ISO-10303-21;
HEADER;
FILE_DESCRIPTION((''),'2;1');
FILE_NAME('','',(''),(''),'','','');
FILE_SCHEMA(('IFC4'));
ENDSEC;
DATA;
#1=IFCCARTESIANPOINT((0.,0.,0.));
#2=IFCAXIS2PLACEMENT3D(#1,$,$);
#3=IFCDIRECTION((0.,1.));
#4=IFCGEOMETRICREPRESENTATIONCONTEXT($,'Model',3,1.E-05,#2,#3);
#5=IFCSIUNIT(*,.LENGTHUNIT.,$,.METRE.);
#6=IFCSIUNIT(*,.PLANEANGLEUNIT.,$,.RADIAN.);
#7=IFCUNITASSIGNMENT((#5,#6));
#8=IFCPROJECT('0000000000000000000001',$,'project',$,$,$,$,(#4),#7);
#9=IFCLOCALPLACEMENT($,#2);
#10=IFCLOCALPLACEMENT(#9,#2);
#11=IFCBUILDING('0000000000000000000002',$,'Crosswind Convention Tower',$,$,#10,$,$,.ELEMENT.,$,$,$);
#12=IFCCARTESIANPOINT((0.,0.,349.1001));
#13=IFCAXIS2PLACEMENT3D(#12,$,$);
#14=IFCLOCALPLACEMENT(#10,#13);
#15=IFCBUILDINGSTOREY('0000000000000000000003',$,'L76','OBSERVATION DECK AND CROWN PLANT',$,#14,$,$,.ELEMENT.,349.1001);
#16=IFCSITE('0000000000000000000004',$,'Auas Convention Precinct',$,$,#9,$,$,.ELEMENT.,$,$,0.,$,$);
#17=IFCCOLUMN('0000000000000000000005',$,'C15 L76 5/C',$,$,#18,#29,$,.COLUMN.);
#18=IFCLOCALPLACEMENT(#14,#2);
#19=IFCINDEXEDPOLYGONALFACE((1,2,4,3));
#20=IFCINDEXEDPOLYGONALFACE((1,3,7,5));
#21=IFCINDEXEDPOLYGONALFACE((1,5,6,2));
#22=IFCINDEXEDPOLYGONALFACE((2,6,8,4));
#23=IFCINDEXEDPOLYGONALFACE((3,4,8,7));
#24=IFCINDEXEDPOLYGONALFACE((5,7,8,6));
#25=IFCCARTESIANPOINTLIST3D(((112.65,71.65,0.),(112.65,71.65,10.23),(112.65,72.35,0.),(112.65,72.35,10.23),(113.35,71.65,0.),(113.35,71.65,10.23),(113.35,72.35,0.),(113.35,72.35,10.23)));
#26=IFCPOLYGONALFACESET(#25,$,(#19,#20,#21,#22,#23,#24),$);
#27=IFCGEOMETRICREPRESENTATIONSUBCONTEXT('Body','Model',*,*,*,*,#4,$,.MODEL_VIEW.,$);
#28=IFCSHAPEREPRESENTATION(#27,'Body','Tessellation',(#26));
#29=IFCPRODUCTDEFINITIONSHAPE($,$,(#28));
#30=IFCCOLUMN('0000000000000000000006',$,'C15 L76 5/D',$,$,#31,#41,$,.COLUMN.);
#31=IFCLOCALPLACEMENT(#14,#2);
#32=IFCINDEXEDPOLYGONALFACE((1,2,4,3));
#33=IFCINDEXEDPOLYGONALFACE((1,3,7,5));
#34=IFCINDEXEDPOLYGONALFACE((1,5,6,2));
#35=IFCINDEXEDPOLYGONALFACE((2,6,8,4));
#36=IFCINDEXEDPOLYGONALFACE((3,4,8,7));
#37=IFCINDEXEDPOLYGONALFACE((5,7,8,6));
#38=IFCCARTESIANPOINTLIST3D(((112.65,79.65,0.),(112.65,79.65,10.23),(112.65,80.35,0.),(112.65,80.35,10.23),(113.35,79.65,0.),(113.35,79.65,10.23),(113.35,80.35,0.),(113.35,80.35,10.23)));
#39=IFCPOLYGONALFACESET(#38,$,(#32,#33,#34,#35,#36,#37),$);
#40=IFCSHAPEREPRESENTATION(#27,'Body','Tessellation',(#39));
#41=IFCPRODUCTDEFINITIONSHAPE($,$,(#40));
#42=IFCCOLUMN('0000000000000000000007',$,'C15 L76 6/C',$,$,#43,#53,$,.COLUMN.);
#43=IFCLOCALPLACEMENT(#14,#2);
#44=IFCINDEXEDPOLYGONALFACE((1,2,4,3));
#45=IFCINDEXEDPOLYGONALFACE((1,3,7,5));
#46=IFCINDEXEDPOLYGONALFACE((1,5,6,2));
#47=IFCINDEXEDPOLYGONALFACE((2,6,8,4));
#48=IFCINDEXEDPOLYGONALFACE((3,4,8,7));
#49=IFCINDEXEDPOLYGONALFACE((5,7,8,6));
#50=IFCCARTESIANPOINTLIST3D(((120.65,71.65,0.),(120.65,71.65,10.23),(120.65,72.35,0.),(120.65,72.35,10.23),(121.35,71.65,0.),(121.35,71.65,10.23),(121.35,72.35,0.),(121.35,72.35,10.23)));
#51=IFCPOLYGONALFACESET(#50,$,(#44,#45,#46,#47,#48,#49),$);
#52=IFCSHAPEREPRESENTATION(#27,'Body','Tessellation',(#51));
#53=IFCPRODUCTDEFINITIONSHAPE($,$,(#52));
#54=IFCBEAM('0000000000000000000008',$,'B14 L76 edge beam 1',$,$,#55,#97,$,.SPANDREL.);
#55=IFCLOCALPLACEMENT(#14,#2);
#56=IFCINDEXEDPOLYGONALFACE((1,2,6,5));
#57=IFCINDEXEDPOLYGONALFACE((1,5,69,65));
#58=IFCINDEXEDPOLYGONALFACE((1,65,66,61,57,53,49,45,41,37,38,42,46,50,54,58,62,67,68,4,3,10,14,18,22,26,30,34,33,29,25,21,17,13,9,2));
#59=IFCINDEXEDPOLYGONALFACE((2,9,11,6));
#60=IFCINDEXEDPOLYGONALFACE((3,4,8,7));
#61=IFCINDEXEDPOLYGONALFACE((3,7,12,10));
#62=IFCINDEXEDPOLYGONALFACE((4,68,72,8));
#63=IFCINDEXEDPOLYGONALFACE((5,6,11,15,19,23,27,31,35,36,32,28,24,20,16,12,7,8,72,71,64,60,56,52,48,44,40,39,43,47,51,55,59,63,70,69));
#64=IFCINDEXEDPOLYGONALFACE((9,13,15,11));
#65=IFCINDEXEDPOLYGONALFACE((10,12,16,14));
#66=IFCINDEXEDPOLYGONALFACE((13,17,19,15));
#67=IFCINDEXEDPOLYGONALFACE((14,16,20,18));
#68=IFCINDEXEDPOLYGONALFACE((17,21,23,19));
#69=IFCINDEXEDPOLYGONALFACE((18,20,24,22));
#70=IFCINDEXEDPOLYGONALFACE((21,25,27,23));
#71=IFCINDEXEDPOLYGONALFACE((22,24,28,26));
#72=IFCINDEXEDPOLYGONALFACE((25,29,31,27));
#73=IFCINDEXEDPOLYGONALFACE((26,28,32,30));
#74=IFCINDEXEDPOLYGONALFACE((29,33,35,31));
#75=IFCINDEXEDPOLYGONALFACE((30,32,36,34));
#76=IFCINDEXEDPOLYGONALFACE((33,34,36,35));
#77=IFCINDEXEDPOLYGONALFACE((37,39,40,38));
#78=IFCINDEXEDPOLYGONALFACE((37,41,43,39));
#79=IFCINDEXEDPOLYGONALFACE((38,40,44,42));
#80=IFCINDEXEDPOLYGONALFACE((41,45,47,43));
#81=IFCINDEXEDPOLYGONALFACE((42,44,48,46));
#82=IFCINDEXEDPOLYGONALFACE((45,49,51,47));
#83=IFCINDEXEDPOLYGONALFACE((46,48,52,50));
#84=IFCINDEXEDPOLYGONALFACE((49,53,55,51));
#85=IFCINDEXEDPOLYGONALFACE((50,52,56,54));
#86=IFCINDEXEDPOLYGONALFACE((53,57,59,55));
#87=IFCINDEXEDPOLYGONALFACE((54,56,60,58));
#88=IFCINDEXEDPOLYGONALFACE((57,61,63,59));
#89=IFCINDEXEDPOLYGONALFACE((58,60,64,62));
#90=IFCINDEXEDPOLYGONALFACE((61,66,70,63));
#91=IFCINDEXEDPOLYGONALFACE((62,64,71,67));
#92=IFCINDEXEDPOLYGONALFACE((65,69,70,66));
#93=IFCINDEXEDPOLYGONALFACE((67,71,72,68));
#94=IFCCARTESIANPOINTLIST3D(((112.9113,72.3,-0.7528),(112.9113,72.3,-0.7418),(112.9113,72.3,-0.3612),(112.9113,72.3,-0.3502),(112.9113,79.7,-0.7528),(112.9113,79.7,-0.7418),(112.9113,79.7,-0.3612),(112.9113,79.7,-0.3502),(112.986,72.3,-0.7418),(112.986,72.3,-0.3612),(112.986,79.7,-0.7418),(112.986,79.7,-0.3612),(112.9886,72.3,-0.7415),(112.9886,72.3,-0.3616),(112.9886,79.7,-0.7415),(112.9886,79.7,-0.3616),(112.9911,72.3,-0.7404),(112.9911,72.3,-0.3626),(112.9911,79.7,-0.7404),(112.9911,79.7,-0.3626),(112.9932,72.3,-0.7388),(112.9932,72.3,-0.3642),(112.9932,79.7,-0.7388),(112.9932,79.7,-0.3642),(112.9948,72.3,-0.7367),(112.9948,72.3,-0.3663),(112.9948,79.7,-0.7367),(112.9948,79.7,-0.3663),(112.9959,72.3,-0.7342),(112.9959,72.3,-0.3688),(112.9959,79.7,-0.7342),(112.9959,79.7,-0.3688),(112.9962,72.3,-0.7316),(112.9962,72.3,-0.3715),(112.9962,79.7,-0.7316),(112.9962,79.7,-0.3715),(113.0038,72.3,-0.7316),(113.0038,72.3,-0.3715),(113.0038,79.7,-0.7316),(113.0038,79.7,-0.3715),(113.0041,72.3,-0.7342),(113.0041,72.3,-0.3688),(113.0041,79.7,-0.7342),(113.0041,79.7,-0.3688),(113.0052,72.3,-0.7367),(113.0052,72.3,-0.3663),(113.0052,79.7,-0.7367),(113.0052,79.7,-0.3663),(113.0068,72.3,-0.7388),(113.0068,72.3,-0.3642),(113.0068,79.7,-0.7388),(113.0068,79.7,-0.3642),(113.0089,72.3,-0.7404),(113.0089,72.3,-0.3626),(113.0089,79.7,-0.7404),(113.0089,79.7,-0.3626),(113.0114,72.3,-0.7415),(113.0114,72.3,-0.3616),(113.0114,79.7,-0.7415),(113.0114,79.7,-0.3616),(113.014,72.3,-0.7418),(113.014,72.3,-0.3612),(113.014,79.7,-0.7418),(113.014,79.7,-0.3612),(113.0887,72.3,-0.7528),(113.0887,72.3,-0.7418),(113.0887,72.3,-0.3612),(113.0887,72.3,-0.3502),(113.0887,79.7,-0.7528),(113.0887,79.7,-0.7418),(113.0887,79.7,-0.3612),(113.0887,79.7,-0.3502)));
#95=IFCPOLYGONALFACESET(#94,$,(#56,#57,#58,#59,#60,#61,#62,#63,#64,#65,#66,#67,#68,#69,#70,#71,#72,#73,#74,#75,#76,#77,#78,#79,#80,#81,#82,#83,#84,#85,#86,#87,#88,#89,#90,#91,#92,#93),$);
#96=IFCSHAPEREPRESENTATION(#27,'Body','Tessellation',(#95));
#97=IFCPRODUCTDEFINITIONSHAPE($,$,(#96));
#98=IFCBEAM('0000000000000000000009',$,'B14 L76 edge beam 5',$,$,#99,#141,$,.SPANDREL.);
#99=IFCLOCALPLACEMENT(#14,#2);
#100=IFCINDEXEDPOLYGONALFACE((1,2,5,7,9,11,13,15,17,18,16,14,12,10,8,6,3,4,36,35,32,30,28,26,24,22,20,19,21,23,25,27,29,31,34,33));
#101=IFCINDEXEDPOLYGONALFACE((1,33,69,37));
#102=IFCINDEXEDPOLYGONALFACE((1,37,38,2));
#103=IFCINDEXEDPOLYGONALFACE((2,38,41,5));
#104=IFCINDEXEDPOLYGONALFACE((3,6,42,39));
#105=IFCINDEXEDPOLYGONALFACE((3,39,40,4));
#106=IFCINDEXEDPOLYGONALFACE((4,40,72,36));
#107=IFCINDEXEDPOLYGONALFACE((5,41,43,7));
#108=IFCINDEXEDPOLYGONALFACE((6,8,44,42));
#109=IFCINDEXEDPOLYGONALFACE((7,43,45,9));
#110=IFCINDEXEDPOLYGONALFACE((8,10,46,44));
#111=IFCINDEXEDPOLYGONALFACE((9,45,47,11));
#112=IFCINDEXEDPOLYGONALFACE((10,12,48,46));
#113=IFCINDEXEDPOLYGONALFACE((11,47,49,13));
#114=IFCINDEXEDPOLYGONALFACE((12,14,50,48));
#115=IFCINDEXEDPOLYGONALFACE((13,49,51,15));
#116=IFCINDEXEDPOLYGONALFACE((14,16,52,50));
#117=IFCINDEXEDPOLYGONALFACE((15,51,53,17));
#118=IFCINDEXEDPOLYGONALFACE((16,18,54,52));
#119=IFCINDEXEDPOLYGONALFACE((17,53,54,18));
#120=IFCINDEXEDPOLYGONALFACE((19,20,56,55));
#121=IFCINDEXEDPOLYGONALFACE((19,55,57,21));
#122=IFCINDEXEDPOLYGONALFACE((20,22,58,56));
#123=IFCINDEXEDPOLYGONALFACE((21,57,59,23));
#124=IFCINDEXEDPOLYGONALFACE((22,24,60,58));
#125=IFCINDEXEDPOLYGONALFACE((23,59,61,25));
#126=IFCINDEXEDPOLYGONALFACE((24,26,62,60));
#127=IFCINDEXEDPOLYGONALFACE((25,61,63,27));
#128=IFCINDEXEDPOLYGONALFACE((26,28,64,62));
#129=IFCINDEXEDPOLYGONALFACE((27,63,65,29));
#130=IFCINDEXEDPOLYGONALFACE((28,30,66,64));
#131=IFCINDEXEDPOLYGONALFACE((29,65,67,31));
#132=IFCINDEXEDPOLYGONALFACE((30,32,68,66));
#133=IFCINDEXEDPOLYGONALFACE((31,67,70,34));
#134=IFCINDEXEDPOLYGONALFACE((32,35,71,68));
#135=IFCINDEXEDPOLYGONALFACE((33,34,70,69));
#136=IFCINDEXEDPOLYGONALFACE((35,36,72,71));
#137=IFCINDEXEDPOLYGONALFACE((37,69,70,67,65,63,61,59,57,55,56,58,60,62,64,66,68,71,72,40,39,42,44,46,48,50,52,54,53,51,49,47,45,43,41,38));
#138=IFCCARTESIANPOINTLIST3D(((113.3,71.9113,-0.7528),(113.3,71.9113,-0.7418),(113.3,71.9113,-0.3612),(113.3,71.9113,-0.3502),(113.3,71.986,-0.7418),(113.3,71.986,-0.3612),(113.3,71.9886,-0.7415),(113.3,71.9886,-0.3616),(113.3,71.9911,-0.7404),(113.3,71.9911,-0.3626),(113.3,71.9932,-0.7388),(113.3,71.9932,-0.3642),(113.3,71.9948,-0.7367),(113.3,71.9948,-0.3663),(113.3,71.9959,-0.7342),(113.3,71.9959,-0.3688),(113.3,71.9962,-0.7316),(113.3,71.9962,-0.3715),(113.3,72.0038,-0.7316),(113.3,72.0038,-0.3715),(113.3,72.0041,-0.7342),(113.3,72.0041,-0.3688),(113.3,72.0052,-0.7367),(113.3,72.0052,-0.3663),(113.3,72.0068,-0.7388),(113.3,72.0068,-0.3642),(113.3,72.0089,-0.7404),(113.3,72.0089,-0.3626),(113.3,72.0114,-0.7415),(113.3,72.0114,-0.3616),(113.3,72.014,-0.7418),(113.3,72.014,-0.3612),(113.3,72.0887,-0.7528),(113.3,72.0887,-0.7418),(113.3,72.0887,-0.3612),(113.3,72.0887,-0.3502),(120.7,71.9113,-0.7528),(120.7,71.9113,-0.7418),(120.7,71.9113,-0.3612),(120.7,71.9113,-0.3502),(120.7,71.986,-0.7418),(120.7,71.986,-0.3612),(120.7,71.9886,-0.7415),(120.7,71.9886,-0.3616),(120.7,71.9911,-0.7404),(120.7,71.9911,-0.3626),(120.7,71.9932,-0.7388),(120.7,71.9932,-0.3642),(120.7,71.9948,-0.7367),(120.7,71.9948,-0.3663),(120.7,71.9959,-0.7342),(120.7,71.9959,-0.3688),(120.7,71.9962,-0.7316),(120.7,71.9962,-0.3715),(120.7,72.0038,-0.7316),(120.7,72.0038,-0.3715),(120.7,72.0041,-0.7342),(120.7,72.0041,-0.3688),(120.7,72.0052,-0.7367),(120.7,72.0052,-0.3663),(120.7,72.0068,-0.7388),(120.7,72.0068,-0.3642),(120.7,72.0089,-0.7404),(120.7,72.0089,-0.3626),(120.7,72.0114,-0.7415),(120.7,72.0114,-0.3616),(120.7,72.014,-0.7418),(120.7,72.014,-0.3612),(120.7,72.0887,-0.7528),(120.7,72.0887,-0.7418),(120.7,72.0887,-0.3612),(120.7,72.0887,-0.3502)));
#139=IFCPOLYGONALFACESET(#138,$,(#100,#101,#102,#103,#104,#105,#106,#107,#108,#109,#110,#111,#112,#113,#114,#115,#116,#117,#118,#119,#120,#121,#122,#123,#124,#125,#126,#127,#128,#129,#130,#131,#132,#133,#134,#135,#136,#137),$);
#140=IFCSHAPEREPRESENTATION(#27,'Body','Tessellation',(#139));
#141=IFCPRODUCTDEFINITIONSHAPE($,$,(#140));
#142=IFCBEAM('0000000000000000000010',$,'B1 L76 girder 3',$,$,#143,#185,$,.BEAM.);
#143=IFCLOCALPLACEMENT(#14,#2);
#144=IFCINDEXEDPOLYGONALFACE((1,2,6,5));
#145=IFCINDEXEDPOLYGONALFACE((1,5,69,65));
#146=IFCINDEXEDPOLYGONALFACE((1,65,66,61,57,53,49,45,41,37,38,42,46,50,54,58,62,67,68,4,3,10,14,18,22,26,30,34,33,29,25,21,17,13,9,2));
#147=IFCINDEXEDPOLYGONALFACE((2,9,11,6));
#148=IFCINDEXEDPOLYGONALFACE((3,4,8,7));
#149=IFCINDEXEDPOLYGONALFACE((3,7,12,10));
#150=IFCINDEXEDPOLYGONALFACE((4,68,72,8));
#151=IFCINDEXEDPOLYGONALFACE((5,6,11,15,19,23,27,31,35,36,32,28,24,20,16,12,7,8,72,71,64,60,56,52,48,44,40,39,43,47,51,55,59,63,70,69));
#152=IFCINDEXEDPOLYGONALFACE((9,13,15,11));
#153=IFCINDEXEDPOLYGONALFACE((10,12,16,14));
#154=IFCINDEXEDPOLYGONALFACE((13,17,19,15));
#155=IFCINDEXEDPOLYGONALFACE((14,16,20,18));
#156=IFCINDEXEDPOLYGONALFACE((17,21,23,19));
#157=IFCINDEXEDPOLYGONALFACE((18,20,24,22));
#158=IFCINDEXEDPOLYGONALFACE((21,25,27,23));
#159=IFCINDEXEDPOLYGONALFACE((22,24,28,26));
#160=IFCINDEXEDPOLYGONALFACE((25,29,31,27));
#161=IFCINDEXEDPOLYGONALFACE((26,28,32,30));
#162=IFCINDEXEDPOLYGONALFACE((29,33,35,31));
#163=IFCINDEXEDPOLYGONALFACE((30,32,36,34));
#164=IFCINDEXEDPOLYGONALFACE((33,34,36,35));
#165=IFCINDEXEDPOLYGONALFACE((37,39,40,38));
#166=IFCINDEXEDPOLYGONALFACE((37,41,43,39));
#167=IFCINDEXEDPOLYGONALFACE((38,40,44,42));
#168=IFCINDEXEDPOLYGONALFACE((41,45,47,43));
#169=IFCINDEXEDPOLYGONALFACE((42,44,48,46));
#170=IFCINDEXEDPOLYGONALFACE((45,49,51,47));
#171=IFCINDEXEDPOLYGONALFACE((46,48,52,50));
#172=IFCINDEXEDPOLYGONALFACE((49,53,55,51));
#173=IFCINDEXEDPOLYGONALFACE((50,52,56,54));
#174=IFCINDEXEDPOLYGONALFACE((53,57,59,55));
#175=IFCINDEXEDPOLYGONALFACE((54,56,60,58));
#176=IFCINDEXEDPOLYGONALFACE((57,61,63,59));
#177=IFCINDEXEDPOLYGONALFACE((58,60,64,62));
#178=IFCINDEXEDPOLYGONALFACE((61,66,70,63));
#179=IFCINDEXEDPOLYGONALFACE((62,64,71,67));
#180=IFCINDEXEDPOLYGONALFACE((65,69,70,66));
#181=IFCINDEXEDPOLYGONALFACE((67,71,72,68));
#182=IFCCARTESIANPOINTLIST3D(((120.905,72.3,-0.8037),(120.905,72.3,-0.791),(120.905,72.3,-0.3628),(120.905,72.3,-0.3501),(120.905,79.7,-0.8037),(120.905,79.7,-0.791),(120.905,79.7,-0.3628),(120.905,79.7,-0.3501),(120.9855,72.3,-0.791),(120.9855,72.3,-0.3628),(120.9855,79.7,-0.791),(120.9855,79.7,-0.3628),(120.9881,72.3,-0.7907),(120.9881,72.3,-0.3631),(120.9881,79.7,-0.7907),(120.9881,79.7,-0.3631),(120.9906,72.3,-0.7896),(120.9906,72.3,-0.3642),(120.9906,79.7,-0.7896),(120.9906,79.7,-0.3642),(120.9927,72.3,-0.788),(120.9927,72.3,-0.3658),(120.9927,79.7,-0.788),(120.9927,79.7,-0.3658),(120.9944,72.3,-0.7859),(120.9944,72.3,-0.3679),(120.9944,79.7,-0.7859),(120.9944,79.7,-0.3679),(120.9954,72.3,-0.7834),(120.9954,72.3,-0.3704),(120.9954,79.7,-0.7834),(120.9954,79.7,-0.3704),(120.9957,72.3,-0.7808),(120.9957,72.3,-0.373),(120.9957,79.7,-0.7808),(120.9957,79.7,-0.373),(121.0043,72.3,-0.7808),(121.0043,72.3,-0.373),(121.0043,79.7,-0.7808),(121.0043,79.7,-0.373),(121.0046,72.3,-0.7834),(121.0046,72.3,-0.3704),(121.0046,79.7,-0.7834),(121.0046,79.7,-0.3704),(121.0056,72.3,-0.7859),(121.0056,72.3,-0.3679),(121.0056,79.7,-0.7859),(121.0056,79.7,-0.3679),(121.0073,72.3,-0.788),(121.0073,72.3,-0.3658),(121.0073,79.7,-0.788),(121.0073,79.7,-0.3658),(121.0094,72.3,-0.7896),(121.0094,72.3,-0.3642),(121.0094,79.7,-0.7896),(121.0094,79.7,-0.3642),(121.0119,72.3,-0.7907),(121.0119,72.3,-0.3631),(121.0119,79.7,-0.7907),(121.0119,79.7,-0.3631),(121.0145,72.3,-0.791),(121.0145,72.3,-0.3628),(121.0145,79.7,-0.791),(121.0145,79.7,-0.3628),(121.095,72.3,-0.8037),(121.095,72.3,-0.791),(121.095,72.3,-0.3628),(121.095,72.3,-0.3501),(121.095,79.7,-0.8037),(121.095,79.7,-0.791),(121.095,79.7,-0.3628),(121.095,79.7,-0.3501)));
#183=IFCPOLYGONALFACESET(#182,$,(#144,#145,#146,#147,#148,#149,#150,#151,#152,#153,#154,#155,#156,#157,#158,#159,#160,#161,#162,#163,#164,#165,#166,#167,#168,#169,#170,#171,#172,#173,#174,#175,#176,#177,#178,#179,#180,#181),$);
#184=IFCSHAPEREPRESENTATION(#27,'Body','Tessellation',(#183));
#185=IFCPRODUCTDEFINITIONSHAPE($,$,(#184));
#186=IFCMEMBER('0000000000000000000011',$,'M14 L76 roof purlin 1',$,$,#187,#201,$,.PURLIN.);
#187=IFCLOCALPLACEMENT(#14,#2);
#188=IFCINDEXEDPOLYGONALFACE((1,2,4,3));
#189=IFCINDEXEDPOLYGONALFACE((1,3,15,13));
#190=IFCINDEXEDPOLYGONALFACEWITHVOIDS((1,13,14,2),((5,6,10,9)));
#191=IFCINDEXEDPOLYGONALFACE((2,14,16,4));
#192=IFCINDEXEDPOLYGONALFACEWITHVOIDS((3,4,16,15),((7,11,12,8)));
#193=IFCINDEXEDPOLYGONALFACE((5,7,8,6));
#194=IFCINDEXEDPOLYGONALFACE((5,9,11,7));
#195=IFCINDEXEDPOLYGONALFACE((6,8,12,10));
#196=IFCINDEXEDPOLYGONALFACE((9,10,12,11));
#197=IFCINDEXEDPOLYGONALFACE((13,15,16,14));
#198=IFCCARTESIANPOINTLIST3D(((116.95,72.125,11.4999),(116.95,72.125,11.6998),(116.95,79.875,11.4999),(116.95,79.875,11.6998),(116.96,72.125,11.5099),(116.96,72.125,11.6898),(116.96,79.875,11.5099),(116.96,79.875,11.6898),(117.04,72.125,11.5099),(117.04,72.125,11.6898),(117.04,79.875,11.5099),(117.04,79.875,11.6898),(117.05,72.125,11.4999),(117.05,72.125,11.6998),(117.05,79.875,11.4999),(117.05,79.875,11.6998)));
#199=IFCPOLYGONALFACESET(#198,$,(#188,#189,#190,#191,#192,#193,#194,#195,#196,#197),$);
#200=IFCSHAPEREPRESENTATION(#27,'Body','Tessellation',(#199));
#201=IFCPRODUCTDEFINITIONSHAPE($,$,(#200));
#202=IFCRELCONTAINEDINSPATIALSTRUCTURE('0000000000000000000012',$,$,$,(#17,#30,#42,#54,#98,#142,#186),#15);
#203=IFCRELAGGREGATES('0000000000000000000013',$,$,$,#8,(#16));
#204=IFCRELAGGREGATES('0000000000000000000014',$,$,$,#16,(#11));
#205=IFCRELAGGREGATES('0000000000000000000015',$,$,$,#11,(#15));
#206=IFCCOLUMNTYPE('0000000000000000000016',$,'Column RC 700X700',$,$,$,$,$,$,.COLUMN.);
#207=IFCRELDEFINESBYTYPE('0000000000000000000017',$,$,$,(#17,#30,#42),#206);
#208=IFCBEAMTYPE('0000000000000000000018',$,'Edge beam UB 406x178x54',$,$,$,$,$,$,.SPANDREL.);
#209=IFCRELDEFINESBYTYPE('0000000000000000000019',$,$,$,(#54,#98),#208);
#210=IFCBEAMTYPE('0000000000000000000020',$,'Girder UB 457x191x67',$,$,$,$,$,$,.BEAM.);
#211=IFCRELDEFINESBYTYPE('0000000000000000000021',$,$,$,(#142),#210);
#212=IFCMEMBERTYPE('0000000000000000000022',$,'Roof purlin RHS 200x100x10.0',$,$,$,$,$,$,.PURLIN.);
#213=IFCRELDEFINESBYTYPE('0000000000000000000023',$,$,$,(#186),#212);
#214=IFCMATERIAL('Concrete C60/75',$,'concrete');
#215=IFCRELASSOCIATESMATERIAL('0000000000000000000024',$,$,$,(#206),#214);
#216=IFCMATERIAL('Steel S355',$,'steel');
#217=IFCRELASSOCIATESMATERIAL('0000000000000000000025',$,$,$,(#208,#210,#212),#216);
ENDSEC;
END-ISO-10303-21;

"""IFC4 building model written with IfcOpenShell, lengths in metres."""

from ifc_helpers import new_model, si_unit, direction, frame, origin, origin_2d, place, context, subcontext, project, spatial, rectangle, hollow_rectangle, i_section, extrude, material, material_profile, profile_set, type_object, element, save


model = new_model("IFC4")

# Units and contexts
model_context = context("Model", 3, precision=1e-05, world=origin(), true_north=direction((0.0, 1.0)))
body_context = subcontext(model_context, "Body", "Model", "MODEL_VIEW")
ifc_project = project(units=[si_unit("LENGTHUNIT", "METRE"), si_unit("PLANEANGLEUNIT", "RADIAN")], contexts=[model_context])

# Site, building, storey
site_placement = place(None, origin())
site = spatial("IfcSite", under=ifc_project, at=site_placement, Name="Auas Convention Precinct", CompositionType="ELEMENT", RefElevation=0.0)
building_placement = place(site_placement, origin())
building = spatial("IfcBuilding", under=site, at=building_placement, Name="Crosswind Convention Tower", CompositionType="ELEMENT")
storey_placement = place(building_placement, frame((0.0, 0.0, 349.1001)))
storey = spatial("IfcBuildingStorey", under=building, at=storey_placement, Name="L76", Description="OBSERVATION DECK AND CROWN PLANT", CompositionType="ELEMENT", Elevation=349.1001)

# Columns
ifc_material_1 = material(Name="Concrete C60/75", Category="concrete")
ifc_material_profile_1 = material_profile(ifc_material_1, rectangle(XDim=0.7, YDim=0.7, at=origin_2d()), Name="RC 700X700")
ifc_profile_set_1 = profile_set([ifc_material_profile_1], Name="Concrete C60/75")
column_type = type_object("IfcColumnType", Name="Column RC 700X700", PredefinedType="COLUMN", material=ifc_profile_set_1)
for number, where, z_axis, x_axis, name in (
    (1, (113.0, 72.0, 0.0), (0.0, 0.0, 1.0), (1.0, 0.0, 0.0), "C15 L76 5/C"),
    (2, (113.0, 80.0, 0.0), (0.0, 0.0, 1.0), (1.0, 0.0, 0.0), "C15 L76 5/D"),
    (3, (121.0, 72.0, 0.0), (0.0, 0.0, 1.0), (1.0, 0.0, 0.0), "C15 L76 6/C"),
):
    element("IfcColumn", number, at=place(storey_placement, frame(where, z_axis=z_axis, x_axis=x_axis)), inside=storey, type_object=column_type, Name=name, PredefinedType="COLUMN", context=body_context, shape_type="SweptSolid", body=[
        extrude(rectangle(XDim=0.7, YDim=0.7, at=origin_2d()), origin(), (0.0, 0.0, 1.0), 10.23),
    ])

# Beams
ifc_material_2 = material(Name="Steel S355", Category="steel")
ifc_material_profile_2 = material_profile(ifc_material_2, i_section(OverallWidth=0.1775, OverallDepth=0.4026, WebThickness=0.0076, FlangeThickness=0.011, FilletRadius=0.0103, at=origin_2d()), Name="UB 406x178x54")
ifc_profile_set_2 = profile_set([ifc_material_profile_2], Name="Steel S355")
beam_type_1 = type_object("IfcBeamType", Name="Edge beam UB 406x178x54", PredefinedType="SPANDREL", material=ifc_profile_set_2)
for number, where, z_axis, x_axis, name in (
    (4, (113.0, 72.3, -0.5515), (0.0, 1.0, 0.0), (-1.0, 0.0, 0.0), "B14 L76 edge beam 1"),
    (5, (113.3, 72.0, -0.5515), (1.0, 0.0, 0.0), (0.0, 1.0, 0.0), "B14 L76 edge beam 5"),
):
    element("IfcBeam", number, at=place(storey_placement, frame(where, z_axis=z_axis, x_axis=x_axis)), inside=storey, type_object=beam_type_1, Name=name, PredefinedType="SPANDREL", context=body_context, shape_type="SweptSolid", body=[
        extrude(i_section(OverallWidth=0.1775, OverallDepth=0.4026, WebThickness=0.0076, FlangeThickness=0.011, FilletRadius=0.0103, at=origin_2d()), origin(), (0.0, 0.0, 1.0), 7.3999),
    ])
ifc_material_profile_3 = material_profile(ifc_material_2, i_section(OverallWidth=0.1899, OverallDepth=0.4536, WebThickness=0.0085, FlangeThickness=0.0127, FilletRadius=0.0103, at=origin_2d()), Name="UB 457x191x67")
ifc_profile_set_3 = profile_set([ifc_material_profile_3], Name="Steel S355")
beam_type_2 = type_object("IfcBeamType", Name="Girder UB 457x191x67", PredefinedType="BEAM", material=ifc_profile_set_3)
beam_1_placement = place(storey_placement, frame((121.0, 72.3, -0.5769), z_axis=(0.0, 1.0, 0.0), x_axis=(-1.0, 0.0, 0.0)))
element("IfcBeam", 6, at=beam_1_placement, inside=storey, type_object=beam_type_2, Name="B1 L76 girder 3", PredefinedType="BEAM", context=body_context, shape_type="SweptSolid", body=[
    extrude(i_section(OverallWidth=0.1899, OverallDepth=0.4536, WebThickness=0.0085, FlangeThickness=0.0127, FilletRadius=0.0103, at=origin_2d()), origin(), (0.0, 0.0, 1.0), 7.3999),
])

# Member
ifc_material_profile_4 = material_profile(ifc_material_2, hollow_rectangle(XDim=0.1001, YDim=0.2, WallThickness=0.01, at=origin_2d()), Name="RHS 200x100x10.0")
ifc_profile_set_4 = profile_set([ifc_material_profile_4], Name="Steel S355")
member_type_1 = type_object("IfcMemberType", Name="Roof purlin RHS 200x100x10.0", PredefinedType="PURLIN", material=ifc_profile_set_4)
member_1_placement = place(storey_placement, frame((117.0, 72.125, 11.5999), z_axis=(0.0, 1.0, 0.0), x_axis=(-1.0, 0.0, 0.0)))
element("IfcMember", 7, at=member_1_placement, inside=storey, type_object=member_type_1, Name="M14 L76 roof purlin 1", PredefinedType="PURLIN", context=body_context, shape_type="SweptSolid", body=[
    extrude(hollow_rectangle(XDim=0.1001, YDim=0.2, WallThickness=0.01, at=origin_2d()), origin(), (0.0, 0.0, 1.0), 7.75),
])

save(model, "model.ifc")
